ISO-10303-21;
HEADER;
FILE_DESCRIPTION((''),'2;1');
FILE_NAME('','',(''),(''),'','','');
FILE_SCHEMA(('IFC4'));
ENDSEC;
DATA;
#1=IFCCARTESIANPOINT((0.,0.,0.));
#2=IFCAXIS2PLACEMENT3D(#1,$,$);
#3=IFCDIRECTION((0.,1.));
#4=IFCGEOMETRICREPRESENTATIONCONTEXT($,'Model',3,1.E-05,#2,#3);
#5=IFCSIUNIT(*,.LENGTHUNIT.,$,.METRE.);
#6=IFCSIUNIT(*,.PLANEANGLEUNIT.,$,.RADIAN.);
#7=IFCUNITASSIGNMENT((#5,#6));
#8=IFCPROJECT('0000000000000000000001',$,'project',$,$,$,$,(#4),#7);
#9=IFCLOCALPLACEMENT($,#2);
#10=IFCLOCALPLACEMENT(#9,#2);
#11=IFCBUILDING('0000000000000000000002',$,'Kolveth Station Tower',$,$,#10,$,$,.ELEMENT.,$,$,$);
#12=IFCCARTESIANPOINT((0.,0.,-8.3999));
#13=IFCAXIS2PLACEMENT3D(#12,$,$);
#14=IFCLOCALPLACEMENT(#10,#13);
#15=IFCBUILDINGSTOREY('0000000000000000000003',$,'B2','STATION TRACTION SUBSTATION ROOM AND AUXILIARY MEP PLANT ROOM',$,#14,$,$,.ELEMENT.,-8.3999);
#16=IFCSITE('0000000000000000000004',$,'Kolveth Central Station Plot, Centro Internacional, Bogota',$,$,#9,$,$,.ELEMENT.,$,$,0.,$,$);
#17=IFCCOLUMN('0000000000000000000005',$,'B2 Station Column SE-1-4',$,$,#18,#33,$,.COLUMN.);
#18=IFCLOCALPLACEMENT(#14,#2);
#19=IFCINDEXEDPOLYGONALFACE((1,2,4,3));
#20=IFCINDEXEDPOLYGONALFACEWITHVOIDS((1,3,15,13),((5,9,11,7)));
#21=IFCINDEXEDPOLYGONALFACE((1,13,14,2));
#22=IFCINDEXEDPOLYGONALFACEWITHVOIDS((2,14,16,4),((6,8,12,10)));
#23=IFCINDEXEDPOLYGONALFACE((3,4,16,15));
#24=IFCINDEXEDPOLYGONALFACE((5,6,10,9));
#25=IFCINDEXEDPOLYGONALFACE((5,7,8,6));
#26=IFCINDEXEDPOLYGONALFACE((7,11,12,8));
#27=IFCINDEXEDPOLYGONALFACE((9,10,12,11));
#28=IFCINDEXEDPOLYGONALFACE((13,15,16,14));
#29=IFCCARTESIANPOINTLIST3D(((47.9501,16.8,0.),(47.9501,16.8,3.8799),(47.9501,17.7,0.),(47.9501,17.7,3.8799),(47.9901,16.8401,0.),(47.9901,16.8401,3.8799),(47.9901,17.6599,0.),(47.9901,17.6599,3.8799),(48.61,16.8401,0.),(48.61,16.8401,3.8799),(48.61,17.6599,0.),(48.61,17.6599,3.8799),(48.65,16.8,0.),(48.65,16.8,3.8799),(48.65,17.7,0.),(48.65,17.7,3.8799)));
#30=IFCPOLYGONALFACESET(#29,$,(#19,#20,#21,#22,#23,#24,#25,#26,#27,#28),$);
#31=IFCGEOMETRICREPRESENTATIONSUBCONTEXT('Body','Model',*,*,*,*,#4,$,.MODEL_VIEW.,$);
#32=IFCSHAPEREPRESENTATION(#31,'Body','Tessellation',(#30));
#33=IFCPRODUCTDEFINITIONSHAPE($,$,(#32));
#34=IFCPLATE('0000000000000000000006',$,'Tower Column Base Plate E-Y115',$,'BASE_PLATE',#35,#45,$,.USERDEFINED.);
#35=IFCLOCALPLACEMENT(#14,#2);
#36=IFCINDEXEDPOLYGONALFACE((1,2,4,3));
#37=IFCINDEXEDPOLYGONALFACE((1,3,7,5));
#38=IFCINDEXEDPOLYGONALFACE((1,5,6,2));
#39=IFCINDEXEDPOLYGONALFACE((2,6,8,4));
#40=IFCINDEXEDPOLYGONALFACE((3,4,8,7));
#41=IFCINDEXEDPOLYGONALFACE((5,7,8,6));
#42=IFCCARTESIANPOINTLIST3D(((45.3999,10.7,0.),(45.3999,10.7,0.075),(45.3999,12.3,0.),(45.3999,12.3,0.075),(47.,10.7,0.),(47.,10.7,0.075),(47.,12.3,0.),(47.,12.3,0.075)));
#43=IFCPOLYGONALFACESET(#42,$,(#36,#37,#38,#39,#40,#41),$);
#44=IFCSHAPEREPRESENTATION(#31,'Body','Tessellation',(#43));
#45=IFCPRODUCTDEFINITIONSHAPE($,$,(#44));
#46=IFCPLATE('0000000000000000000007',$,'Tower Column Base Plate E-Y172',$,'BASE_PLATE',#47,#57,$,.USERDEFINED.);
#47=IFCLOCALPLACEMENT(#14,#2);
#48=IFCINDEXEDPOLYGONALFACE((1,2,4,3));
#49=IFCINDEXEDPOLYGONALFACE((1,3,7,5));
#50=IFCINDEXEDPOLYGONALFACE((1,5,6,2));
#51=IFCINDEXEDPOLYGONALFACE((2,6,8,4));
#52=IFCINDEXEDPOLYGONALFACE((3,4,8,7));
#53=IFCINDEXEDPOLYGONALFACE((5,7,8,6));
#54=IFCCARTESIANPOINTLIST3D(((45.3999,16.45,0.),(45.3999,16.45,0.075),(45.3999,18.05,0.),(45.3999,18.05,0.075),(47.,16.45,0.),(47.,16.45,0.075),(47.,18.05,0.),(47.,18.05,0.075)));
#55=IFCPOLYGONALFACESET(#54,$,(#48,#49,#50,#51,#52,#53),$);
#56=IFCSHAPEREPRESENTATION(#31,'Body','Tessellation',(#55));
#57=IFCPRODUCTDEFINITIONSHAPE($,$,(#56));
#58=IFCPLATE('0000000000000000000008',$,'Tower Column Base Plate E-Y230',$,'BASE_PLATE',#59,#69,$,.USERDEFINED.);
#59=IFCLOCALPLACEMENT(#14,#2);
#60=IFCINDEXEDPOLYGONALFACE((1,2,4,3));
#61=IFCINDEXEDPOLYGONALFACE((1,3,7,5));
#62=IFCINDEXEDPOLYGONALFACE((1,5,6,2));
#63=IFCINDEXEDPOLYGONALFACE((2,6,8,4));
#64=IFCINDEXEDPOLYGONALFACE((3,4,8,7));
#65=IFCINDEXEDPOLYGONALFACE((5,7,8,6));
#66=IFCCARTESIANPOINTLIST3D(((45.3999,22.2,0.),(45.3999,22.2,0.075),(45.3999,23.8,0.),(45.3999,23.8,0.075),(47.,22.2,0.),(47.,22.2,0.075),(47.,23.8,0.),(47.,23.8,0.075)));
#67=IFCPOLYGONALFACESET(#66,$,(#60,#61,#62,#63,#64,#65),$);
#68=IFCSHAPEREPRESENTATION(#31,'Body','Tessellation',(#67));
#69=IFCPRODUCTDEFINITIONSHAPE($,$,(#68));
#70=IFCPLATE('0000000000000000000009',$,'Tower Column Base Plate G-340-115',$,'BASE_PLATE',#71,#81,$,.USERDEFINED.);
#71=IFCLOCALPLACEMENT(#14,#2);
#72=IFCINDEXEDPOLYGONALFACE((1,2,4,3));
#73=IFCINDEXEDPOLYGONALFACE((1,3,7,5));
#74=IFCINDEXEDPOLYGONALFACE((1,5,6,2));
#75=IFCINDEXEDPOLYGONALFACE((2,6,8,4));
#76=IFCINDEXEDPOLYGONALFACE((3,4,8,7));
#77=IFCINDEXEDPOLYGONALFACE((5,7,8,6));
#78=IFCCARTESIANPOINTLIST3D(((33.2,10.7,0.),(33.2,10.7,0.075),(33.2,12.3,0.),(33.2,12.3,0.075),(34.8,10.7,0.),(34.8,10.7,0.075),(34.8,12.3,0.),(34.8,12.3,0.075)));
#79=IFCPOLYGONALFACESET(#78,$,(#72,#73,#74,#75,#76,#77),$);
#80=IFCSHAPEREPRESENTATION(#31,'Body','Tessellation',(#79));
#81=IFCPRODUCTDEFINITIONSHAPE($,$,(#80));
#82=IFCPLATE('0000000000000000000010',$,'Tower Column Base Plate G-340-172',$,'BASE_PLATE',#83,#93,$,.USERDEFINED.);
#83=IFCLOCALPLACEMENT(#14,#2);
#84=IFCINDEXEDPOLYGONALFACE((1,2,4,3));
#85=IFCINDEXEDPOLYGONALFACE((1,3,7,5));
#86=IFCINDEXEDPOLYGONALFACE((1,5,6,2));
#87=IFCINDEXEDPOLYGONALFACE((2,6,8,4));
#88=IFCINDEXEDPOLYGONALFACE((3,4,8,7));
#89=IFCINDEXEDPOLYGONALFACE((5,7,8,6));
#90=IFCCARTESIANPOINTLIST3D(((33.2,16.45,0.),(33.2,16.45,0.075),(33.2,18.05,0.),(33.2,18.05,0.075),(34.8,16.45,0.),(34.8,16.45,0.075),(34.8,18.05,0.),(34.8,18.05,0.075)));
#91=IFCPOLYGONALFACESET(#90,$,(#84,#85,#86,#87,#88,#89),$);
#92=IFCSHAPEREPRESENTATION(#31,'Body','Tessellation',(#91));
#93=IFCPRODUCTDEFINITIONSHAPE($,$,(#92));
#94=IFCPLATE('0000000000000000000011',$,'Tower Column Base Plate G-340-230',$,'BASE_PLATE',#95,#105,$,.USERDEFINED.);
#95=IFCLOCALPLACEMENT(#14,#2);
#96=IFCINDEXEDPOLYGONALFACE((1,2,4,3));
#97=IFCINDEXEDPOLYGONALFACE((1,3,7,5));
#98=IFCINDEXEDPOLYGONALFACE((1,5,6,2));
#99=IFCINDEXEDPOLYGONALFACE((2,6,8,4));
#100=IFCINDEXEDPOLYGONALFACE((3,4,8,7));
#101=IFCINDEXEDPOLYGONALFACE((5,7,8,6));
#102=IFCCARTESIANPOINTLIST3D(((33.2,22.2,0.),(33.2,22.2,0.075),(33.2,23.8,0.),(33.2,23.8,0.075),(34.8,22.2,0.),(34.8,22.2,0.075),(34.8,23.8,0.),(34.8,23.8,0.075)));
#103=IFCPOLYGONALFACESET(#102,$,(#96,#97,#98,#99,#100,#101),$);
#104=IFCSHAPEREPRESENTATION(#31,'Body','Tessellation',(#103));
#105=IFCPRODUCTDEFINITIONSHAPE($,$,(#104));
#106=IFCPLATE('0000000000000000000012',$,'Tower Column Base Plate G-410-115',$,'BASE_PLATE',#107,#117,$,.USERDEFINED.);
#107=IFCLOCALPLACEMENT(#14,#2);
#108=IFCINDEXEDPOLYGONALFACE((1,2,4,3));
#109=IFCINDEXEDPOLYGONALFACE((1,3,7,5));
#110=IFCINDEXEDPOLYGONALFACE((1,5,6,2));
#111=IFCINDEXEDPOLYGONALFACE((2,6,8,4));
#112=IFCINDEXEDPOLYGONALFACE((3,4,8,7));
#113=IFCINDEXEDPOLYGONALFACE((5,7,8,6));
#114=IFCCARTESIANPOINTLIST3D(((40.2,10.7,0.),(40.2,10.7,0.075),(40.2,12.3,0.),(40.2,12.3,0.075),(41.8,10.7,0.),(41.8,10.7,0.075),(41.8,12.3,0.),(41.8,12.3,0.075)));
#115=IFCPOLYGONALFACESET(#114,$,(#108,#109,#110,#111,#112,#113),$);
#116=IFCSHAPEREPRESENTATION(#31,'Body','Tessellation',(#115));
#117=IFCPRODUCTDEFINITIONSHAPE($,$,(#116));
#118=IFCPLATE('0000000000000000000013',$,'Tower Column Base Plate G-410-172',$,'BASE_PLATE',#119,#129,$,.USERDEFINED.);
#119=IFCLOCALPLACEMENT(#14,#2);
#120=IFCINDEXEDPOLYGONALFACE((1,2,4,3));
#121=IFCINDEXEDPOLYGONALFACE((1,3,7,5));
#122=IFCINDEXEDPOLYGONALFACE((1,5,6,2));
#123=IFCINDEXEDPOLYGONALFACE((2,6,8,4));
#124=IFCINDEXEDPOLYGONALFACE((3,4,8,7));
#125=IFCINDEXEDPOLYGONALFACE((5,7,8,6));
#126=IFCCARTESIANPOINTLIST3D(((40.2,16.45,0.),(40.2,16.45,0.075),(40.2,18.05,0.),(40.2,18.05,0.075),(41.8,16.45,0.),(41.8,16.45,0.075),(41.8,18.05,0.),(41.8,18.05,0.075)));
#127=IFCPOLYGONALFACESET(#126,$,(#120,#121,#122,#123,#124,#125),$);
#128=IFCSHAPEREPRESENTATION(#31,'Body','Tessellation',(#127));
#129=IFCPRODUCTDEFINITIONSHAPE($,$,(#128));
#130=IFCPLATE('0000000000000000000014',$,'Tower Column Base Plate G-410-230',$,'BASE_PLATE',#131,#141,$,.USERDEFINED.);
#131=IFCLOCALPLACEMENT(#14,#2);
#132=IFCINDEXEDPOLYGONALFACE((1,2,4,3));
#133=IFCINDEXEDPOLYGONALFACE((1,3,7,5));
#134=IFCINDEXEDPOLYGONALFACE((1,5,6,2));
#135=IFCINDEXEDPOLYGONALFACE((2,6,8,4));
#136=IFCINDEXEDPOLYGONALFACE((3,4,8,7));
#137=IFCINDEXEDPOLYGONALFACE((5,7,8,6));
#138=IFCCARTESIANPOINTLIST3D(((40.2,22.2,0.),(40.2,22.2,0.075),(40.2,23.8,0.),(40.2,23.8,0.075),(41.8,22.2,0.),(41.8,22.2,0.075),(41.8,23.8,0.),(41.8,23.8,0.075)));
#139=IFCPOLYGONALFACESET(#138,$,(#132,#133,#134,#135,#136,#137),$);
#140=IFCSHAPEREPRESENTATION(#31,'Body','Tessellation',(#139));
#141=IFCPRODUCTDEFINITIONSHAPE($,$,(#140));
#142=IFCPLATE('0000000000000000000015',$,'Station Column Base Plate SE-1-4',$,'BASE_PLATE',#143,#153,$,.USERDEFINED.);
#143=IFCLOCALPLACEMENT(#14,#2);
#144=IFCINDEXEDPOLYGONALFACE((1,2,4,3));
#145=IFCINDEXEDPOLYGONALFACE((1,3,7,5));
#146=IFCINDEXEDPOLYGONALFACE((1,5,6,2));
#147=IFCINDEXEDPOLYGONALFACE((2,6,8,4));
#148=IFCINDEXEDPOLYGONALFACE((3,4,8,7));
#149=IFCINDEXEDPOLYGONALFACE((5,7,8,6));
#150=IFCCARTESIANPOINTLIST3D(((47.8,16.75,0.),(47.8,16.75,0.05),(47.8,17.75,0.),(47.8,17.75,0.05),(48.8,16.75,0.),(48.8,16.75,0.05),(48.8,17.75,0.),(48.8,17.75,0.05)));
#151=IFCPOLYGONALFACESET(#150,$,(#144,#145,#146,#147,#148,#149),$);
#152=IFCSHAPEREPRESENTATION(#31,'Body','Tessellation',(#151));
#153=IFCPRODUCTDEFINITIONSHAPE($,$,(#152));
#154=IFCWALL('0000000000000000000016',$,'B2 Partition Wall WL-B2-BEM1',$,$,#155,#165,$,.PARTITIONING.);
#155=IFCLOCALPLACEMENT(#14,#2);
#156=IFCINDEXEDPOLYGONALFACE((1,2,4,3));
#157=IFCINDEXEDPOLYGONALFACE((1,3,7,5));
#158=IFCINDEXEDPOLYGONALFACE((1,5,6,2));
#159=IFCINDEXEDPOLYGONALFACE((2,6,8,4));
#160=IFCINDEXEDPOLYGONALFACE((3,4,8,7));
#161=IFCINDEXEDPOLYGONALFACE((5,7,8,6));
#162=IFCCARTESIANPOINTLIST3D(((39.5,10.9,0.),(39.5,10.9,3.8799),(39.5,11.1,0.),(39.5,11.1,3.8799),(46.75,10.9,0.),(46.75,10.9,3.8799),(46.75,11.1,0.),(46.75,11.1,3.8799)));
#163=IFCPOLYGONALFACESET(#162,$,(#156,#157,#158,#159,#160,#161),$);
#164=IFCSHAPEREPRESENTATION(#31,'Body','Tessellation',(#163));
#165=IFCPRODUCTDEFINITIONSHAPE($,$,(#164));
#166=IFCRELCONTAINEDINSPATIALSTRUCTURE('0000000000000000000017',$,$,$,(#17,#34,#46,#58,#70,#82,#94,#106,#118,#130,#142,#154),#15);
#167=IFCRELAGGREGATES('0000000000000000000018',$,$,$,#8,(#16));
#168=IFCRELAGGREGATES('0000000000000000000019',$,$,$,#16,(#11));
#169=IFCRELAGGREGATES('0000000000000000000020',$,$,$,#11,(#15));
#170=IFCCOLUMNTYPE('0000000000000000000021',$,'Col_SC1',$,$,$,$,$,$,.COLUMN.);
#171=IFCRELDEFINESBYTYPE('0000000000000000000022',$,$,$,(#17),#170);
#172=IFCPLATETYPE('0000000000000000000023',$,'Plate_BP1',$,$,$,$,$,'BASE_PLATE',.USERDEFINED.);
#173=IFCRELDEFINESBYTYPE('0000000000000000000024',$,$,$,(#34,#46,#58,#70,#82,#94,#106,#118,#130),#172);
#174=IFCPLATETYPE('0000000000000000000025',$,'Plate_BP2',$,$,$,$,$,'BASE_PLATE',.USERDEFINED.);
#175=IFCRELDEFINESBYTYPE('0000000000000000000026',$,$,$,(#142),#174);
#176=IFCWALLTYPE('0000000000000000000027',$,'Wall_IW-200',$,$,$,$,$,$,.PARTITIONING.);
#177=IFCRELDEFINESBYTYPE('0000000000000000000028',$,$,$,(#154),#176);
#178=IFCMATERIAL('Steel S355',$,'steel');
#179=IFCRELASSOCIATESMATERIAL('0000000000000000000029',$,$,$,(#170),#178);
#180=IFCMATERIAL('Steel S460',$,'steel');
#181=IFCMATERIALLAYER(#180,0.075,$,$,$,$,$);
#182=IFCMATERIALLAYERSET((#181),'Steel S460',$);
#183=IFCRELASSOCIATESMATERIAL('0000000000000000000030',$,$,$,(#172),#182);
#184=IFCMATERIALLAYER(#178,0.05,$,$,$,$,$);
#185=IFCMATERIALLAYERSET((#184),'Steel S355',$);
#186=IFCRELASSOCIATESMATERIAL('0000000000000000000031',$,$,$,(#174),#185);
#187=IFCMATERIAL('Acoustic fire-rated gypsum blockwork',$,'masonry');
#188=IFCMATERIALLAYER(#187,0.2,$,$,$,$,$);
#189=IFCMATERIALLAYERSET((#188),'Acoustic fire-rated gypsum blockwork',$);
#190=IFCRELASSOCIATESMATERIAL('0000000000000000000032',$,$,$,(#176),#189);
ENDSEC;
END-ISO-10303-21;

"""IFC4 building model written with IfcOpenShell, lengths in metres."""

from ifc_helpers import new_model, si_unit, direction, frame, frame_2d, origin, origin_2d, place, context, subcontext, project, spatial, rectangle, hollow_rectangle, extrude, source, transform, mapped, material, layer, layer_set, material_profile, profile_set, type_object, element, save


model = new_model("IFC4")

# Units and contexts
model_context = context("Model", 3, precision=1e-05, world=origin(), true_north=direction((0.0, 1.0)))
body_context = subcontext(model_context, "Body", "Model", "MODEL_VIEW")
ifc_project = project(units=[si_unit("LENGTHUNIT", "METRE"), si_unit("PLANEANGLEUNIT", "RADIAN")], contexts=[model_context])

# Site, building, storey
site_placement = place(None, origin())
site = spatial("IfcSite", under=ifc_project, at=site_placement, Name="Kolveth Central Station Plot, Centro Internacional, Bogota", CompositionType="ELEMENT", RefElevation=0.0)
building_placement = place(site_placement, origin())
building = spatial("IfcBuilding", under=site, at=building_placement, Name="Kolveth Station Tower", CompositionType="ELEMENT")
storey_placement = place(building_placement, frame((0.0, 0.0, -8.3999)))
storey = spatial("IfcBuildingStorey", under=building, at=storey_placement, Name="B2", Description="STATION TRACTION SUBSTATION ROOM AND AUXILIARY MEP PLANT ROOM", CompositionType="ELEMENT", Elevation=-8.3999)

# Column
ifc_material_1 = material(Name="Steel S460", Category="steel")
ifc_material_2 = material(Name="Steel S355", Category="steel")
ifc_material_profile_1 = material_profile(ifc_material_2, hollow_rectangle(XDim=0.7, YDim=0.8999, WallThickness=0.04, at=origin_2d()), Name="BOX900x700x40")
ifc_profile_set_1 = profile_set([ifc_material_profile_1], Name="Steel S355")
column_type_1 = type_object("IfcColumnType", Name="Col_SC1", PredefinedType="COLUMN", material=ifc_profile_set_1)
shared_shape_1 = source(origin(), body_context, "Body", "SweptSolid", [
    extrude(hollow_rectangle(XDim=0.7, YDim=0.8999, WallThickness=0.04, at=origin_2d()), origin(), (0.0, 0.0, 1.0), 3.8799),
])
column_placement = place(storey_placement, frame((48.3, 17.25, 0.0), z_axis=(0.0, 0.0, 1.0), x_axis=(1.0, 0.0, 0.0)))
element("IfcColumn", 1, at=column_placement, inside=storey, type_object=column_type_1, Name="B2 Station Column SE-1-4", PredefinedType="COLUMN", context=body_context, shape_type="MappedRepresentation", body=[
    mapped(shared_shape_1, transform((0.0, 0.0, 0.0), x_axis=(1.0, 0.0, 0.0), y_axis=(0.0, 1.0, 0.0), z_axis=(0.0, 0.0, 1.0), scale=1.0)),
])

# Plates
ifc_layer_1 = layer(ifc_material_1, 0.075)
ifc_layer_set_1 = layer_set([ifc_layer_1], Name="Steel S460")
plate_type_1 = type_object("IfcPlateType", Name="Plate_BP1", ElementType="BASE_PLATE", PredefinedType="USERDEFINED", material=ifc_layer_set_1)
shared_shape_2 = source(origin(), body_context, "Body", "SweptSolid", [
    extrude(rectangle(XDim=1.6001, YDim=1.6001, at=origin_2d()), origin(), (0.0, 0.0, 1.0), 0.075),
])
for number, where, z_axis, x_axis, name in (
    (2, (46.2, 11.5, 0.0), (0.0, 0.0, 1.0), (1.0, 0.0, 0.0), "Tower Column Base Plate E-Y115"),
    (3, (46.2, 17.25, 0.0), (0.0, 0.0, 1.0), (1.0, 0.0, 0.0), "Tower Column Base Plate E-Y172"),
    (4, (46.2, 23.0, 0.0), (0.0, 0.0, 1.0), (1.0, 0.0, 0.0), "Tower Column Base Plate E-Y230"),
    (5, (34.0, 11.5, 0.0), (0.0, 0.0, 1.0), (1.0, 0.0, 0.0), "Tower Column Base Plate G-340-115"),
    (6, (34.0, 17.25, 0.0), (0.0, 0.0, 1.0), (1.0, 0.0, 0.0), "Tower Column Base Plate G-340-172"),
    (7, (34.0, 23.0, 0.0), (0.0, 0.0, 1.0), (1.0, 0.0, 0.0), "Tower Column Base Plate G-340-230"),
    (8, (41.0, 11.5, 0.0), (0.0, 0.0, 1.0), (1.0, 0.0, 0.0), "Tower Column Base Plate G-410-115"),
    (9, (41.0, 17.25, 0.0), (0.0, 0.0, 1.0), (1.0, 0.0, 0.0), "Tower Column Base Plate G-410-172"),
    (10, (41.0, 23.0, 0.0), (0.0, 0.0, 1.0), (1.0, 0.0, 0.0), "Tower Column Base Plate G-410-230"),
):
    element("IfcPlate", number, at=place(storey_placement, frame(where, z_axis=z_axis, x_axis=x_axis)), inside=storey, type_object=plate_type_1, Name=name, ObjectType="BASE_PLATE", PredefinedType="USERDEFINED", context=body_context, shape_type="MappedRepresentation", body=[
        mapped(shared_shape_2, transform((0.0, 0.0, 0.0), x_axis=(1.0, 0.0, 0.0), y_axis=(0.0, 1.0, 0.0), z_axis=(0.0, 0.0, 1.0), scale=1.0)),
    ])
ifc_layer_2 = layer(ifc_material_2, 0.05)
ifc_layer_set_2 = layer_set([ifc_layer_2], Name="Steel S355")
plate_type_2 = type_object("IfcPlateType", Name="Plate_BP2", ElementType="BASE_PLATE", PredefinedType="USERDEFINED", material=ifc_layer_set_2)
shared_shape_3 = source(origin(), body_context, "Body", "SweptSolid", [
    extrude(rectangle(XDim=1.0, YDim=1.0, at=origin_2d()), origin(), (0.0, 0.0, 1.0), 0.05),
])
plate_placement = place(storey_placement, frame((48.3, 17.25, 0.0), z_axis=(0.0, 0.0, 1.0), x_axis=(1.0, 0.0, 0.0)))
element("IfcPlate", 11, at=plate_placement, inside=storey, type_object=plate_type_2, Name="Station Column Base Plate SE-1-4", ObjectType="BASE_PLATE", PredefinedType="USERDEFINED", context=body_context, shape_type="MappedRepresentation", body=[
    mapped(shared_shape_3, transform((0.0, 0.0, 0.0), x_axis=(1.0, 0.0, 0.0), y_axis=(0.0, 1.0, 0.0), z_axis=(0.0, 0.0, 1.0), scale=1.0)),
])

# Wall
ifc_material_3 = material(Name="Acoustic fire-rated gypsum blockwork", Category="masonry")
ifc_layer_3 = layer(ifc_material_3, 0.2)
ifc_layer_set_3 = layer_set([ifc_layer_3], Name="Acoustic fire-rated gypsum blockwork")
wall_type = type_object("IfcWallType", Name="Wall_IW-200", PredefinedType="PARTITIONING", material=ifc_layer_set_3)
wall_placement = place(storey_placement, frame((39.5, 11.0, 0.0), z_axis=(0.0, 0.0, 1.0), x_axis=(1.0, 0.0, 0.0)))
element("IfcWall", 12, at=wall_placement, inside=storey, type_object=wall_type, Name="B2 Partition Wall WL-B2-BEM1", PredefinedType="PARTITIONING", context=body_context, shape_type="SweptSolid", body=[
    extrude(rectangle(XDim=7.25, YDim=0.2, at=frame_2d((3.625, 0.0))), origin(), (0.0, 0.0, 1.0), 3.8799),
])

save(model, "model.ifc")
